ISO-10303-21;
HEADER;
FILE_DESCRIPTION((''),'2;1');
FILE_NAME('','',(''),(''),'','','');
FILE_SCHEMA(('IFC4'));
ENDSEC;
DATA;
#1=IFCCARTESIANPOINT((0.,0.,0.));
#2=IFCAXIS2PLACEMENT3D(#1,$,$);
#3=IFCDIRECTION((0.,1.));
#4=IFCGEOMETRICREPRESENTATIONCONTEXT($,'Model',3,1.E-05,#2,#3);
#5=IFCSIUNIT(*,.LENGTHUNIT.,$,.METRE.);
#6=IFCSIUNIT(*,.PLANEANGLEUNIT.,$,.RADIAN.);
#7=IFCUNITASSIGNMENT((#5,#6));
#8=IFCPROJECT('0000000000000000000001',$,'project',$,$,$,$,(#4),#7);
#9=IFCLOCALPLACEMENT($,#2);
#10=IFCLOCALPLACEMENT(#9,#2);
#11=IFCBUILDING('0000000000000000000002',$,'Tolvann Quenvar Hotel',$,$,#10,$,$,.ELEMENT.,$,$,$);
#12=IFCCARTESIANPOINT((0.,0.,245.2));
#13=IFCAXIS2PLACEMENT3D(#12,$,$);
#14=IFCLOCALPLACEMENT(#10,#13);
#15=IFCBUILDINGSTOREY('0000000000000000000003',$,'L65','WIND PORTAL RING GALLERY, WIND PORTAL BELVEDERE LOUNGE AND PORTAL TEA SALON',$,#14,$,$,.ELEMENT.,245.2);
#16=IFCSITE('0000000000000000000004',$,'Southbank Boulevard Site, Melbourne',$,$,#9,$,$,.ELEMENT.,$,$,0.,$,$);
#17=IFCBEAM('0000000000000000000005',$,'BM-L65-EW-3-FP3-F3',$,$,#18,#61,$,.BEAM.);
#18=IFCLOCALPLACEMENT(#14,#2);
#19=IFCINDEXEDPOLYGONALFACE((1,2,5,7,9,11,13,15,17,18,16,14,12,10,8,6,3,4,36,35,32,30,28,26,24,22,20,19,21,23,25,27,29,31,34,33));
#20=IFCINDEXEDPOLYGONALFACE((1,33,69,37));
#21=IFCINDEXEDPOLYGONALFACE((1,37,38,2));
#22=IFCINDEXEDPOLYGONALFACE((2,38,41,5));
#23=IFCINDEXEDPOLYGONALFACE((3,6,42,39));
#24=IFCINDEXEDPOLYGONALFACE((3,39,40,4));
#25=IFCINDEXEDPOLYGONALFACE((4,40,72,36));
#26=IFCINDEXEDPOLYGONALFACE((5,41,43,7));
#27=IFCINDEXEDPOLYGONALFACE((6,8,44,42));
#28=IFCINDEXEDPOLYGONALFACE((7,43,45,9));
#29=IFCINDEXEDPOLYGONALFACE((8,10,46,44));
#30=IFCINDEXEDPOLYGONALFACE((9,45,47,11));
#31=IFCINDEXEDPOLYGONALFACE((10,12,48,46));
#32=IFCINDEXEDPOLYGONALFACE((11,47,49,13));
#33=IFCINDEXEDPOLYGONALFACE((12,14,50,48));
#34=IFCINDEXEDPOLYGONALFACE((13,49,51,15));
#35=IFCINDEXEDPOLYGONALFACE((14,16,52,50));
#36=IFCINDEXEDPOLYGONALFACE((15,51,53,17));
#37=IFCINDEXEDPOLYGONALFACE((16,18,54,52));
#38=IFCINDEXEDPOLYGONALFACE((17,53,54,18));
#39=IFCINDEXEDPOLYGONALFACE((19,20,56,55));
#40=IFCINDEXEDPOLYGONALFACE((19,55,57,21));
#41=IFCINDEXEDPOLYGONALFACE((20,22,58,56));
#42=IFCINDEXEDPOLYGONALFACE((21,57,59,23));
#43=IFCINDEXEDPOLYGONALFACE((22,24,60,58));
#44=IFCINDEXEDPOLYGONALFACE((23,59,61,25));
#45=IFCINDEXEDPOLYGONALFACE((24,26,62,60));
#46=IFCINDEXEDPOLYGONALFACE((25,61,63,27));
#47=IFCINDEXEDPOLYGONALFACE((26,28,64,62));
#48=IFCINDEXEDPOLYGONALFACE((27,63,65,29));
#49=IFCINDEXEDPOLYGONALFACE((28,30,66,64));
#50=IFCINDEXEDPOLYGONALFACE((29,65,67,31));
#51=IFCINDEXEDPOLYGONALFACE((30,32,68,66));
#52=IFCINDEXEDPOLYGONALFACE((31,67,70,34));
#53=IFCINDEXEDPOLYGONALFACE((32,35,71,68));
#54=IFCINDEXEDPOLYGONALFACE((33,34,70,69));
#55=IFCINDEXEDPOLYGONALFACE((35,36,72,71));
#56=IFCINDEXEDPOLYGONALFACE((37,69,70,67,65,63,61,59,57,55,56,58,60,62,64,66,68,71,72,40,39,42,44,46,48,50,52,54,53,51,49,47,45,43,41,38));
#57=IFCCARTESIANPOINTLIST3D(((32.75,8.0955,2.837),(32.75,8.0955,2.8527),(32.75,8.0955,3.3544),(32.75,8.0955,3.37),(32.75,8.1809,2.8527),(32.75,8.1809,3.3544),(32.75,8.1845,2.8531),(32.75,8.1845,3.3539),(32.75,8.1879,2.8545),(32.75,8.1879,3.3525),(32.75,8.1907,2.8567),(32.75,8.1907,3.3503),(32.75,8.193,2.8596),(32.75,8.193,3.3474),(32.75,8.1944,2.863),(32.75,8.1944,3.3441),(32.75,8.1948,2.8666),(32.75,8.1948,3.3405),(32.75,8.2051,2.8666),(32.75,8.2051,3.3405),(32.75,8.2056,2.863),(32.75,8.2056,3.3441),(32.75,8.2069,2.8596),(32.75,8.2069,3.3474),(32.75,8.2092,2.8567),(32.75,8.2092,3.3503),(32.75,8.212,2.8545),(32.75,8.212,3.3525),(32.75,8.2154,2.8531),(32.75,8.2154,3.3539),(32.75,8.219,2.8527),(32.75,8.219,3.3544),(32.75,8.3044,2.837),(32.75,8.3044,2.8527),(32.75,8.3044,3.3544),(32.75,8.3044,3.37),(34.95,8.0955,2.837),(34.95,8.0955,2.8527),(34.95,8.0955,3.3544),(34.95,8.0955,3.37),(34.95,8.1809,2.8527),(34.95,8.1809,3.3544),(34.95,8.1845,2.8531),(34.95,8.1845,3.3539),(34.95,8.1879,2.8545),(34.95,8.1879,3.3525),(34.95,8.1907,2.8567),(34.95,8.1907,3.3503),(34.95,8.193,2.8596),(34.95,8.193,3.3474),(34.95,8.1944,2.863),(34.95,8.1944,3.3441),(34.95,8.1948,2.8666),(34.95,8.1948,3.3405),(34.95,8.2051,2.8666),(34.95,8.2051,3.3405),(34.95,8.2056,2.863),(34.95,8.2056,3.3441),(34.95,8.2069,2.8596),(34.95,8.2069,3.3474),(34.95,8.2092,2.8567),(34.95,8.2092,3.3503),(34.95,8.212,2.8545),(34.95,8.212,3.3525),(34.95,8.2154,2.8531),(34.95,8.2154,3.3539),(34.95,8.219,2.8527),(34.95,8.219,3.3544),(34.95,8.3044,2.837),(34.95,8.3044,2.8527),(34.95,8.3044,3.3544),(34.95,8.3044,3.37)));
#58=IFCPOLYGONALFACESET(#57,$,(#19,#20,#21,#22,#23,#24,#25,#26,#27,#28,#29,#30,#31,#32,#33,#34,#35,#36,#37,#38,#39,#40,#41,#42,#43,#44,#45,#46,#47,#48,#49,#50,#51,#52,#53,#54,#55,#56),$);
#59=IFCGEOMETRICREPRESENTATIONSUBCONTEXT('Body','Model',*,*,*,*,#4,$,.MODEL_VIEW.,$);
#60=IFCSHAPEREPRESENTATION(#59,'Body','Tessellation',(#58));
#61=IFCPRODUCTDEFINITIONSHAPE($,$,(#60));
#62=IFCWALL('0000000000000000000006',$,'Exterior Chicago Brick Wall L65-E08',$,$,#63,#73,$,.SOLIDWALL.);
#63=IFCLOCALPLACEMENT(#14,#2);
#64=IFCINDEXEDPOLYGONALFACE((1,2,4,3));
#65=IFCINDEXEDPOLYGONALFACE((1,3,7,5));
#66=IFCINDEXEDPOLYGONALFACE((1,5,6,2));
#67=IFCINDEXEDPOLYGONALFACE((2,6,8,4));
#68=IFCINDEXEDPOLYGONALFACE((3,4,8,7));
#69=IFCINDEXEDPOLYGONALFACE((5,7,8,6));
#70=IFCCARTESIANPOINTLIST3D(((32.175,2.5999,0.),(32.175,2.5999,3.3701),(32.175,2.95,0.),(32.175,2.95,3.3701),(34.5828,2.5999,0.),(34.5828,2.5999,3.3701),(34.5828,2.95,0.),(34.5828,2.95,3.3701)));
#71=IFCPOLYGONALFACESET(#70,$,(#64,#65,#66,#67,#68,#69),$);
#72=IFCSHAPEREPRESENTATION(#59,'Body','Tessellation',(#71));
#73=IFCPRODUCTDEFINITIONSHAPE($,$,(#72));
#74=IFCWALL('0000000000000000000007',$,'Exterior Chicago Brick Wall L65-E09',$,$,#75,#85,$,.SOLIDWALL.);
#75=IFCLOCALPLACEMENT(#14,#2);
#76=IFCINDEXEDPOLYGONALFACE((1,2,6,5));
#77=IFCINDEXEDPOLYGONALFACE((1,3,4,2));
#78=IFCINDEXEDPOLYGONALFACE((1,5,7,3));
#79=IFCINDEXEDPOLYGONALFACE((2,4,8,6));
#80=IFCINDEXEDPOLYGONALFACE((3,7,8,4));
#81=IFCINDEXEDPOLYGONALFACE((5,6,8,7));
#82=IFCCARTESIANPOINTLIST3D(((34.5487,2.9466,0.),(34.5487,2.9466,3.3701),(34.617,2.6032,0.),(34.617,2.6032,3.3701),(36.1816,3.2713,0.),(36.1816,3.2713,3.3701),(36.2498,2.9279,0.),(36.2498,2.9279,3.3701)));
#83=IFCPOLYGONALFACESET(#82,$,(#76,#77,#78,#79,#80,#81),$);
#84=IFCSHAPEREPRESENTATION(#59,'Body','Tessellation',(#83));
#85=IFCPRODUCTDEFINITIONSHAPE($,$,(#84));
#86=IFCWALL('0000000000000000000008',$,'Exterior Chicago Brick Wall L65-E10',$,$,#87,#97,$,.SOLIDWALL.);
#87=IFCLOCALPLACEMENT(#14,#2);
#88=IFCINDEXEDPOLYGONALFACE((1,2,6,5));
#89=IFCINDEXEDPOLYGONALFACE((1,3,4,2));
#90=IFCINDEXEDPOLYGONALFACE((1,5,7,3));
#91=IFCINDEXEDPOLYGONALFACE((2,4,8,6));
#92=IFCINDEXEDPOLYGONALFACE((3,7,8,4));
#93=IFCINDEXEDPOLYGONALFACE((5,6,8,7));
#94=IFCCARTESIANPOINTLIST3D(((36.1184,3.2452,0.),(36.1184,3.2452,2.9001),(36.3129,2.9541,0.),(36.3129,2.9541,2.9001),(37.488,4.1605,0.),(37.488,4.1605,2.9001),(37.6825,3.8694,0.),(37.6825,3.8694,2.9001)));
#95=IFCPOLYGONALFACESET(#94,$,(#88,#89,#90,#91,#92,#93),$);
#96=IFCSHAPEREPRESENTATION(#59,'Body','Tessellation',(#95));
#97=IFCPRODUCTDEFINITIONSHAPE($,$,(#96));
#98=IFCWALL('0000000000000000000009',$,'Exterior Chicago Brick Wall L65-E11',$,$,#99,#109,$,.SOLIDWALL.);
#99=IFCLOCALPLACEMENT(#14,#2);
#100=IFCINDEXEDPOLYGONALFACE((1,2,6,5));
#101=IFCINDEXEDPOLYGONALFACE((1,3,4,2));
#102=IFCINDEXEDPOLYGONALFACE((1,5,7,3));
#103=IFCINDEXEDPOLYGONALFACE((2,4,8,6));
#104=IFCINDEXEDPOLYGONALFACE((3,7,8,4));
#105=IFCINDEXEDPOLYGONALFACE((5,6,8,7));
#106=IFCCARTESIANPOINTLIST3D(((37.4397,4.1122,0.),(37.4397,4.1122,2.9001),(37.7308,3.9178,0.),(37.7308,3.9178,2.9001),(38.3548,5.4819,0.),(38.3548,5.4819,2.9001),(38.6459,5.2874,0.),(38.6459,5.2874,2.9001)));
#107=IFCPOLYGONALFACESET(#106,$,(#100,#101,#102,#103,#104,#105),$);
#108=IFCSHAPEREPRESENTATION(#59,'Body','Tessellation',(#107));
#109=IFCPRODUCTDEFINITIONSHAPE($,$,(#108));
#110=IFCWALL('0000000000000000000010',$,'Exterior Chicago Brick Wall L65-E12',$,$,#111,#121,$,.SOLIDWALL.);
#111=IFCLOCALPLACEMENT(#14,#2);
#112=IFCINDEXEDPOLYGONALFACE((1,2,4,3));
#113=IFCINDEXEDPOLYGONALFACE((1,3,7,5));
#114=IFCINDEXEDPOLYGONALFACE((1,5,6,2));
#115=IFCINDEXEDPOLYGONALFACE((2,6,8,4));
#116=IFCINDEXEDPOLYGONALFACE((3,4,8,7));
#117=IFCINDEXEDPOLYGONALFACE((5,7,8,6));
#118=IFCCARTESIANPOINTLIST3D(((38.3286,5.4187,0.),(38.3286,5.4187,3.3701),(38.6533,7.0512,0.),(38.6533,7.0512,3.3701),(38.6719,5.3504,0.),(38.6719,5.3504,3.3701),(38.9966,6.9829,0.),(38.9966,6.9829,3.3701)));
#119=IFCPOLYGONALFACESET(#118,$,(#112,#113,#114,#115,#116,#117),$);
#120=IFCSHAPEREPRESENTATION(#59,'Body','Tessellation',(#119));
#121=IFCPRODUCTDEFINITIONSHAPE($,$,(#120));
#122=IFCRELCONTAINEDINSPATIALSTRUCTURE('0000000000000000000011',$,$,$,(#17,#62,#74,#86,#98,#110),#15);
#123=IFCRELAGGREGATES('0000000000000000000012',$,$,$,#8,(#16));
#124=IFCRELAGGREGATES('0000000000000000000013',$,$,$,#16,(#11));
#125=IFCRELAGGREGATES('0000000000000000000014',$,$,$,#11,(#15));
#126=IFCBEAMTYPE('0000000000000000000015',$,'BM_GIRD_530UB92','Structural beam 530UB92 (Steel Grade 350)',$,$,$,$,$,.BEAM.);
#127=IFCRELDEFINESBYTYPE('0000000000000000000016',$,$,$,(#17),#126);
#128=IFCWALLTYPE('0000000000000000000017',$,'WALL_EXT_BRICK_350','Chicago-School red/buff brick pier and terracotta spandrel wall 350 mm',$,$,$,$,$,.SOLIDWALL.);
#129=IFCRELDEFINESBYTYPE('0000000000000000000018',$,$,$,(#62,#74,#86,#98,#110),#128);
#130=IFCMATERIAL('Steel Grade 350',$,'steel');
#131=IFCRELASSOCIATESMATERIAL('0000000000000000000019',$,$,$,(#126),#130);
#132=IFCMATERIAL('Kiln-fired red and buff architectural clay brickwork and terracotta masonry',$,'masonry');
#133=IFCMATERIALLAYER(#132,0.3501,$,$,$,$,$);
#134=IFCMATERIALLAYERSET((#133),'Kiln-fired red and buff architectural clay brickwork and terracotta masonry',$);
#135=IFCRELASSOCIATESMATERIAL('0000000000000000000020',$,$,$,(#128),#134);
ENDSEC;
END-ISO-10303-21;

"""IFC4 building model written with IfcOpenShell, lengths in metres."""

from ifc_helpers import new_model, si_unit, direction, frame, frame_2d, origin, origin_2d, place, context, subcontext, project, spatial, rectangle, i_section, extrude, source, transform, mapped, material, layer, layer_set, material_profile, profile_set, type_object, element, save


model = new_model("IFC4")

# Units and contexts
model_context = context("Model", 3, precision=1e-05, world=origin(), true_north=direction((0.0, 1.0)))
body_context = subcontext(model_context, "Body", "Model", "MODEL_VIEW")
ifc_project = project(units=[si_unit("LENGTHUNIT", "METRE"), si_unit("PLANEANGLEUNIT", "RADIAN")], contexts=[model_context])

# Site, building, storey
site_placement = place(None, origin())
site = spatial("IfcSite", under=ifc_project, at=site_placement, Name="Southbank Boulevard Site, Melbourne", CompositionType="ELEMENT", RefElevation=0.0)
building_placement = place(site_placement, origin())
building = spatial("IfcBuilding", under=site, at=building_placement, Name="Tolvann Quenvar Hotel", CompositionType="ELEMENT")
storey_placement = place(building_placement, frame((0.0, 0.0, 245.2)))
storey = spatial("IfcBuildingStorey", under=building, at=storey_placement, Name="L65", Description="WIND PORTAL RING GALLERY, WIND PORTAL BELVEDERE LOUNGE AND PORTAL TEA SALON", CompositionType="ELEMENT", Elevation=245.2)

# Shared definitions
ifc_material_1 = material(Name="Steel Grade 350", Category="steel")

# Beam
ifc_material_profile_1 = material_profile(ifc_material_1, i_section(OverallWidth=0.209, OverallDepth=0.533, WebThickness=0.0103, FlangeThickness=0.0156, FilletRadius=0.0139, at=origin_2d()), Name="530UB92")
ifc_profile_set_1 = profile_set([ifc_material_profile_1], Name="Steel Grade 350")
beam_type_1 = type_object("IfcBeamType", Name="BM_GIRD_530UB92", Description="Structural beam 530UB92 (Steel Grade 350)", PredefinedType="BEAM", material=ifc_profile_set_1)
shared_shape_1 = source(origin(), body_context, "Body", "SweptSolid", [
    extrude(i_section(OverallWidth=0.209, OverallDepth=0.533, WebThickness=0.0103, FlangeThickness=0.0156, FilletRadius=0.0139, at=origin_2d()), origin(), (0.0, 0.0, 1.0), 2.2),
])
beam_1_placement = place(storey_placement, frame((32.75, 8.2, 3.1035), z_axis=(1.0, 0.0, 0.0), x_axis=(0.0, 1.0, 0.0)))
element("IfcBeam", 1, at=beam_1_placement, inside=storey, type_object=beam_type_1, Name="BM-L65-EW-3-FP3-F3", PredefinedType="BEAM", context=body_context, shape_type="MappedRepresentation", body=[
    mapped(shared_shape_1, transform((0.0, 0.0, 0.0), x_axis=(1.0, 0.0, 0.0), y_axis=(0.0, 1.0, 0.0), z_axis=(0.0, 0.0, 1.0), scale=1.0)),
])

# Walls
ifc_material_2 = material(Name="Kiln-fired red and buff architectural clay brickwork and terracotta masonry", Category="masonry")
ifc_layer = layer(ifc_material_2, 0.3501)
ifc_layer_set = layer_set([ifc_layer], Name="Kiln-fired red and buff architectural clay brickwork and terracotta masonry")
wall_type = type_object("IfcWallType", Name="WALL_EXT_BRICK_350", Description="Chicago-School red/buff brick pier and terracotta spandrel wall 350 mm", PredefinedType="SOLIDWALL", material=ifc_layer_set)
wall_1_placement = place(storey_placement, frame((32.175, 2.7749, 0.0), z_axis=(0.0, 0.0, 1.0), x_axis=(1.0, 0.0, 0.0)))
element("IfcWall", 2, at=wall_1_placement, inside=storey, type_object=wall_type, Name="Exterior Chicago Brick Wall L65-E08", PredefinedType="SOLIDWALL", context=body_context, shape_type="SweptSolid", body=[
    extrude(rectangle(XDim=2.4077, YDim=0.3501, at=frame_2d((1.2039, 0.0))), origin(), (0.0, 0.0, 1.0), 3.3701),
])
wall_2_placement = place(storey_placement, frame((34.5828, 2.7749, 0.0), z_axis=(0.0, 0.0, 1.0), x_axis=(0.980794, 0.195044, 0.0)))
element("IfcWall", 3, at=wall_2_placement, inside=storey, type_object=wall_type, Name="Exterior Chicago Brick Wall L65-E09", PredefinedType="SOLIDWALL", context=body_context, shape_type="SweptSolid", body=[
    extrude(rectangle(XDim=1.6648, YDim=0.3501, at=frame_2d((0.8325, 0.0))), origin(), (0.0, 0.0, 1.0), 3.3701),
])
for number, where, z_axis, x_axis, name in (
    (4, (36.2156, 3.0996, 0.0), (0.0, 0.0, 1.0), (0.831434, 0.555623, 0.0), "Exterior Chicago Brick Wall L65-E10"),
    (5, (37.5852, 4.0149, 0.0), (0.0, 0.0, 1.0), (0.555521, 0.831503, 0.0), "Exterior Chicago Brick Wall L65-E11"),
):
    element("IfcWall", number, at=place(storey_placement, frame(where, z_axis=z_axis, x_axis=x_axis)), inside=storey, type_object=wall_type, Name=name, PredefinedType="SOLIDWALL", context=body_context, shape_type="SweptSolid", body=[
        extrude(rectangle(XDim=1.6472, YDim=0.3501, at=frame_2d((0.8237, 0.0))), origin(), (0.0, 0.0, 1.0), 2.9001),
    ])
wall_3_placement = place(storey_placement, frame((38.5002, 5.3845, 0.0), z_axis=(0.0, 0.0, 1.0), x_axis=(0.195072, 0.980789, 0.0)))
element("IfcWall", 6, at=wall_3_placement, inside=storey, type_object=wall_type, Name="Exterior Chicago Brick Wall L65-E12", PredefinedType="SOLIDWALL", context=body_context, shape_type="SweptSolid", body=[
    extrude(rectangle(XDim=1.6646, YDim=0.3501, at=frame_2d((0.8323, 0.0))), origin(), (0.0, 0.0, 1.0), 3.3701),
])

save(model, "model.ifc")
